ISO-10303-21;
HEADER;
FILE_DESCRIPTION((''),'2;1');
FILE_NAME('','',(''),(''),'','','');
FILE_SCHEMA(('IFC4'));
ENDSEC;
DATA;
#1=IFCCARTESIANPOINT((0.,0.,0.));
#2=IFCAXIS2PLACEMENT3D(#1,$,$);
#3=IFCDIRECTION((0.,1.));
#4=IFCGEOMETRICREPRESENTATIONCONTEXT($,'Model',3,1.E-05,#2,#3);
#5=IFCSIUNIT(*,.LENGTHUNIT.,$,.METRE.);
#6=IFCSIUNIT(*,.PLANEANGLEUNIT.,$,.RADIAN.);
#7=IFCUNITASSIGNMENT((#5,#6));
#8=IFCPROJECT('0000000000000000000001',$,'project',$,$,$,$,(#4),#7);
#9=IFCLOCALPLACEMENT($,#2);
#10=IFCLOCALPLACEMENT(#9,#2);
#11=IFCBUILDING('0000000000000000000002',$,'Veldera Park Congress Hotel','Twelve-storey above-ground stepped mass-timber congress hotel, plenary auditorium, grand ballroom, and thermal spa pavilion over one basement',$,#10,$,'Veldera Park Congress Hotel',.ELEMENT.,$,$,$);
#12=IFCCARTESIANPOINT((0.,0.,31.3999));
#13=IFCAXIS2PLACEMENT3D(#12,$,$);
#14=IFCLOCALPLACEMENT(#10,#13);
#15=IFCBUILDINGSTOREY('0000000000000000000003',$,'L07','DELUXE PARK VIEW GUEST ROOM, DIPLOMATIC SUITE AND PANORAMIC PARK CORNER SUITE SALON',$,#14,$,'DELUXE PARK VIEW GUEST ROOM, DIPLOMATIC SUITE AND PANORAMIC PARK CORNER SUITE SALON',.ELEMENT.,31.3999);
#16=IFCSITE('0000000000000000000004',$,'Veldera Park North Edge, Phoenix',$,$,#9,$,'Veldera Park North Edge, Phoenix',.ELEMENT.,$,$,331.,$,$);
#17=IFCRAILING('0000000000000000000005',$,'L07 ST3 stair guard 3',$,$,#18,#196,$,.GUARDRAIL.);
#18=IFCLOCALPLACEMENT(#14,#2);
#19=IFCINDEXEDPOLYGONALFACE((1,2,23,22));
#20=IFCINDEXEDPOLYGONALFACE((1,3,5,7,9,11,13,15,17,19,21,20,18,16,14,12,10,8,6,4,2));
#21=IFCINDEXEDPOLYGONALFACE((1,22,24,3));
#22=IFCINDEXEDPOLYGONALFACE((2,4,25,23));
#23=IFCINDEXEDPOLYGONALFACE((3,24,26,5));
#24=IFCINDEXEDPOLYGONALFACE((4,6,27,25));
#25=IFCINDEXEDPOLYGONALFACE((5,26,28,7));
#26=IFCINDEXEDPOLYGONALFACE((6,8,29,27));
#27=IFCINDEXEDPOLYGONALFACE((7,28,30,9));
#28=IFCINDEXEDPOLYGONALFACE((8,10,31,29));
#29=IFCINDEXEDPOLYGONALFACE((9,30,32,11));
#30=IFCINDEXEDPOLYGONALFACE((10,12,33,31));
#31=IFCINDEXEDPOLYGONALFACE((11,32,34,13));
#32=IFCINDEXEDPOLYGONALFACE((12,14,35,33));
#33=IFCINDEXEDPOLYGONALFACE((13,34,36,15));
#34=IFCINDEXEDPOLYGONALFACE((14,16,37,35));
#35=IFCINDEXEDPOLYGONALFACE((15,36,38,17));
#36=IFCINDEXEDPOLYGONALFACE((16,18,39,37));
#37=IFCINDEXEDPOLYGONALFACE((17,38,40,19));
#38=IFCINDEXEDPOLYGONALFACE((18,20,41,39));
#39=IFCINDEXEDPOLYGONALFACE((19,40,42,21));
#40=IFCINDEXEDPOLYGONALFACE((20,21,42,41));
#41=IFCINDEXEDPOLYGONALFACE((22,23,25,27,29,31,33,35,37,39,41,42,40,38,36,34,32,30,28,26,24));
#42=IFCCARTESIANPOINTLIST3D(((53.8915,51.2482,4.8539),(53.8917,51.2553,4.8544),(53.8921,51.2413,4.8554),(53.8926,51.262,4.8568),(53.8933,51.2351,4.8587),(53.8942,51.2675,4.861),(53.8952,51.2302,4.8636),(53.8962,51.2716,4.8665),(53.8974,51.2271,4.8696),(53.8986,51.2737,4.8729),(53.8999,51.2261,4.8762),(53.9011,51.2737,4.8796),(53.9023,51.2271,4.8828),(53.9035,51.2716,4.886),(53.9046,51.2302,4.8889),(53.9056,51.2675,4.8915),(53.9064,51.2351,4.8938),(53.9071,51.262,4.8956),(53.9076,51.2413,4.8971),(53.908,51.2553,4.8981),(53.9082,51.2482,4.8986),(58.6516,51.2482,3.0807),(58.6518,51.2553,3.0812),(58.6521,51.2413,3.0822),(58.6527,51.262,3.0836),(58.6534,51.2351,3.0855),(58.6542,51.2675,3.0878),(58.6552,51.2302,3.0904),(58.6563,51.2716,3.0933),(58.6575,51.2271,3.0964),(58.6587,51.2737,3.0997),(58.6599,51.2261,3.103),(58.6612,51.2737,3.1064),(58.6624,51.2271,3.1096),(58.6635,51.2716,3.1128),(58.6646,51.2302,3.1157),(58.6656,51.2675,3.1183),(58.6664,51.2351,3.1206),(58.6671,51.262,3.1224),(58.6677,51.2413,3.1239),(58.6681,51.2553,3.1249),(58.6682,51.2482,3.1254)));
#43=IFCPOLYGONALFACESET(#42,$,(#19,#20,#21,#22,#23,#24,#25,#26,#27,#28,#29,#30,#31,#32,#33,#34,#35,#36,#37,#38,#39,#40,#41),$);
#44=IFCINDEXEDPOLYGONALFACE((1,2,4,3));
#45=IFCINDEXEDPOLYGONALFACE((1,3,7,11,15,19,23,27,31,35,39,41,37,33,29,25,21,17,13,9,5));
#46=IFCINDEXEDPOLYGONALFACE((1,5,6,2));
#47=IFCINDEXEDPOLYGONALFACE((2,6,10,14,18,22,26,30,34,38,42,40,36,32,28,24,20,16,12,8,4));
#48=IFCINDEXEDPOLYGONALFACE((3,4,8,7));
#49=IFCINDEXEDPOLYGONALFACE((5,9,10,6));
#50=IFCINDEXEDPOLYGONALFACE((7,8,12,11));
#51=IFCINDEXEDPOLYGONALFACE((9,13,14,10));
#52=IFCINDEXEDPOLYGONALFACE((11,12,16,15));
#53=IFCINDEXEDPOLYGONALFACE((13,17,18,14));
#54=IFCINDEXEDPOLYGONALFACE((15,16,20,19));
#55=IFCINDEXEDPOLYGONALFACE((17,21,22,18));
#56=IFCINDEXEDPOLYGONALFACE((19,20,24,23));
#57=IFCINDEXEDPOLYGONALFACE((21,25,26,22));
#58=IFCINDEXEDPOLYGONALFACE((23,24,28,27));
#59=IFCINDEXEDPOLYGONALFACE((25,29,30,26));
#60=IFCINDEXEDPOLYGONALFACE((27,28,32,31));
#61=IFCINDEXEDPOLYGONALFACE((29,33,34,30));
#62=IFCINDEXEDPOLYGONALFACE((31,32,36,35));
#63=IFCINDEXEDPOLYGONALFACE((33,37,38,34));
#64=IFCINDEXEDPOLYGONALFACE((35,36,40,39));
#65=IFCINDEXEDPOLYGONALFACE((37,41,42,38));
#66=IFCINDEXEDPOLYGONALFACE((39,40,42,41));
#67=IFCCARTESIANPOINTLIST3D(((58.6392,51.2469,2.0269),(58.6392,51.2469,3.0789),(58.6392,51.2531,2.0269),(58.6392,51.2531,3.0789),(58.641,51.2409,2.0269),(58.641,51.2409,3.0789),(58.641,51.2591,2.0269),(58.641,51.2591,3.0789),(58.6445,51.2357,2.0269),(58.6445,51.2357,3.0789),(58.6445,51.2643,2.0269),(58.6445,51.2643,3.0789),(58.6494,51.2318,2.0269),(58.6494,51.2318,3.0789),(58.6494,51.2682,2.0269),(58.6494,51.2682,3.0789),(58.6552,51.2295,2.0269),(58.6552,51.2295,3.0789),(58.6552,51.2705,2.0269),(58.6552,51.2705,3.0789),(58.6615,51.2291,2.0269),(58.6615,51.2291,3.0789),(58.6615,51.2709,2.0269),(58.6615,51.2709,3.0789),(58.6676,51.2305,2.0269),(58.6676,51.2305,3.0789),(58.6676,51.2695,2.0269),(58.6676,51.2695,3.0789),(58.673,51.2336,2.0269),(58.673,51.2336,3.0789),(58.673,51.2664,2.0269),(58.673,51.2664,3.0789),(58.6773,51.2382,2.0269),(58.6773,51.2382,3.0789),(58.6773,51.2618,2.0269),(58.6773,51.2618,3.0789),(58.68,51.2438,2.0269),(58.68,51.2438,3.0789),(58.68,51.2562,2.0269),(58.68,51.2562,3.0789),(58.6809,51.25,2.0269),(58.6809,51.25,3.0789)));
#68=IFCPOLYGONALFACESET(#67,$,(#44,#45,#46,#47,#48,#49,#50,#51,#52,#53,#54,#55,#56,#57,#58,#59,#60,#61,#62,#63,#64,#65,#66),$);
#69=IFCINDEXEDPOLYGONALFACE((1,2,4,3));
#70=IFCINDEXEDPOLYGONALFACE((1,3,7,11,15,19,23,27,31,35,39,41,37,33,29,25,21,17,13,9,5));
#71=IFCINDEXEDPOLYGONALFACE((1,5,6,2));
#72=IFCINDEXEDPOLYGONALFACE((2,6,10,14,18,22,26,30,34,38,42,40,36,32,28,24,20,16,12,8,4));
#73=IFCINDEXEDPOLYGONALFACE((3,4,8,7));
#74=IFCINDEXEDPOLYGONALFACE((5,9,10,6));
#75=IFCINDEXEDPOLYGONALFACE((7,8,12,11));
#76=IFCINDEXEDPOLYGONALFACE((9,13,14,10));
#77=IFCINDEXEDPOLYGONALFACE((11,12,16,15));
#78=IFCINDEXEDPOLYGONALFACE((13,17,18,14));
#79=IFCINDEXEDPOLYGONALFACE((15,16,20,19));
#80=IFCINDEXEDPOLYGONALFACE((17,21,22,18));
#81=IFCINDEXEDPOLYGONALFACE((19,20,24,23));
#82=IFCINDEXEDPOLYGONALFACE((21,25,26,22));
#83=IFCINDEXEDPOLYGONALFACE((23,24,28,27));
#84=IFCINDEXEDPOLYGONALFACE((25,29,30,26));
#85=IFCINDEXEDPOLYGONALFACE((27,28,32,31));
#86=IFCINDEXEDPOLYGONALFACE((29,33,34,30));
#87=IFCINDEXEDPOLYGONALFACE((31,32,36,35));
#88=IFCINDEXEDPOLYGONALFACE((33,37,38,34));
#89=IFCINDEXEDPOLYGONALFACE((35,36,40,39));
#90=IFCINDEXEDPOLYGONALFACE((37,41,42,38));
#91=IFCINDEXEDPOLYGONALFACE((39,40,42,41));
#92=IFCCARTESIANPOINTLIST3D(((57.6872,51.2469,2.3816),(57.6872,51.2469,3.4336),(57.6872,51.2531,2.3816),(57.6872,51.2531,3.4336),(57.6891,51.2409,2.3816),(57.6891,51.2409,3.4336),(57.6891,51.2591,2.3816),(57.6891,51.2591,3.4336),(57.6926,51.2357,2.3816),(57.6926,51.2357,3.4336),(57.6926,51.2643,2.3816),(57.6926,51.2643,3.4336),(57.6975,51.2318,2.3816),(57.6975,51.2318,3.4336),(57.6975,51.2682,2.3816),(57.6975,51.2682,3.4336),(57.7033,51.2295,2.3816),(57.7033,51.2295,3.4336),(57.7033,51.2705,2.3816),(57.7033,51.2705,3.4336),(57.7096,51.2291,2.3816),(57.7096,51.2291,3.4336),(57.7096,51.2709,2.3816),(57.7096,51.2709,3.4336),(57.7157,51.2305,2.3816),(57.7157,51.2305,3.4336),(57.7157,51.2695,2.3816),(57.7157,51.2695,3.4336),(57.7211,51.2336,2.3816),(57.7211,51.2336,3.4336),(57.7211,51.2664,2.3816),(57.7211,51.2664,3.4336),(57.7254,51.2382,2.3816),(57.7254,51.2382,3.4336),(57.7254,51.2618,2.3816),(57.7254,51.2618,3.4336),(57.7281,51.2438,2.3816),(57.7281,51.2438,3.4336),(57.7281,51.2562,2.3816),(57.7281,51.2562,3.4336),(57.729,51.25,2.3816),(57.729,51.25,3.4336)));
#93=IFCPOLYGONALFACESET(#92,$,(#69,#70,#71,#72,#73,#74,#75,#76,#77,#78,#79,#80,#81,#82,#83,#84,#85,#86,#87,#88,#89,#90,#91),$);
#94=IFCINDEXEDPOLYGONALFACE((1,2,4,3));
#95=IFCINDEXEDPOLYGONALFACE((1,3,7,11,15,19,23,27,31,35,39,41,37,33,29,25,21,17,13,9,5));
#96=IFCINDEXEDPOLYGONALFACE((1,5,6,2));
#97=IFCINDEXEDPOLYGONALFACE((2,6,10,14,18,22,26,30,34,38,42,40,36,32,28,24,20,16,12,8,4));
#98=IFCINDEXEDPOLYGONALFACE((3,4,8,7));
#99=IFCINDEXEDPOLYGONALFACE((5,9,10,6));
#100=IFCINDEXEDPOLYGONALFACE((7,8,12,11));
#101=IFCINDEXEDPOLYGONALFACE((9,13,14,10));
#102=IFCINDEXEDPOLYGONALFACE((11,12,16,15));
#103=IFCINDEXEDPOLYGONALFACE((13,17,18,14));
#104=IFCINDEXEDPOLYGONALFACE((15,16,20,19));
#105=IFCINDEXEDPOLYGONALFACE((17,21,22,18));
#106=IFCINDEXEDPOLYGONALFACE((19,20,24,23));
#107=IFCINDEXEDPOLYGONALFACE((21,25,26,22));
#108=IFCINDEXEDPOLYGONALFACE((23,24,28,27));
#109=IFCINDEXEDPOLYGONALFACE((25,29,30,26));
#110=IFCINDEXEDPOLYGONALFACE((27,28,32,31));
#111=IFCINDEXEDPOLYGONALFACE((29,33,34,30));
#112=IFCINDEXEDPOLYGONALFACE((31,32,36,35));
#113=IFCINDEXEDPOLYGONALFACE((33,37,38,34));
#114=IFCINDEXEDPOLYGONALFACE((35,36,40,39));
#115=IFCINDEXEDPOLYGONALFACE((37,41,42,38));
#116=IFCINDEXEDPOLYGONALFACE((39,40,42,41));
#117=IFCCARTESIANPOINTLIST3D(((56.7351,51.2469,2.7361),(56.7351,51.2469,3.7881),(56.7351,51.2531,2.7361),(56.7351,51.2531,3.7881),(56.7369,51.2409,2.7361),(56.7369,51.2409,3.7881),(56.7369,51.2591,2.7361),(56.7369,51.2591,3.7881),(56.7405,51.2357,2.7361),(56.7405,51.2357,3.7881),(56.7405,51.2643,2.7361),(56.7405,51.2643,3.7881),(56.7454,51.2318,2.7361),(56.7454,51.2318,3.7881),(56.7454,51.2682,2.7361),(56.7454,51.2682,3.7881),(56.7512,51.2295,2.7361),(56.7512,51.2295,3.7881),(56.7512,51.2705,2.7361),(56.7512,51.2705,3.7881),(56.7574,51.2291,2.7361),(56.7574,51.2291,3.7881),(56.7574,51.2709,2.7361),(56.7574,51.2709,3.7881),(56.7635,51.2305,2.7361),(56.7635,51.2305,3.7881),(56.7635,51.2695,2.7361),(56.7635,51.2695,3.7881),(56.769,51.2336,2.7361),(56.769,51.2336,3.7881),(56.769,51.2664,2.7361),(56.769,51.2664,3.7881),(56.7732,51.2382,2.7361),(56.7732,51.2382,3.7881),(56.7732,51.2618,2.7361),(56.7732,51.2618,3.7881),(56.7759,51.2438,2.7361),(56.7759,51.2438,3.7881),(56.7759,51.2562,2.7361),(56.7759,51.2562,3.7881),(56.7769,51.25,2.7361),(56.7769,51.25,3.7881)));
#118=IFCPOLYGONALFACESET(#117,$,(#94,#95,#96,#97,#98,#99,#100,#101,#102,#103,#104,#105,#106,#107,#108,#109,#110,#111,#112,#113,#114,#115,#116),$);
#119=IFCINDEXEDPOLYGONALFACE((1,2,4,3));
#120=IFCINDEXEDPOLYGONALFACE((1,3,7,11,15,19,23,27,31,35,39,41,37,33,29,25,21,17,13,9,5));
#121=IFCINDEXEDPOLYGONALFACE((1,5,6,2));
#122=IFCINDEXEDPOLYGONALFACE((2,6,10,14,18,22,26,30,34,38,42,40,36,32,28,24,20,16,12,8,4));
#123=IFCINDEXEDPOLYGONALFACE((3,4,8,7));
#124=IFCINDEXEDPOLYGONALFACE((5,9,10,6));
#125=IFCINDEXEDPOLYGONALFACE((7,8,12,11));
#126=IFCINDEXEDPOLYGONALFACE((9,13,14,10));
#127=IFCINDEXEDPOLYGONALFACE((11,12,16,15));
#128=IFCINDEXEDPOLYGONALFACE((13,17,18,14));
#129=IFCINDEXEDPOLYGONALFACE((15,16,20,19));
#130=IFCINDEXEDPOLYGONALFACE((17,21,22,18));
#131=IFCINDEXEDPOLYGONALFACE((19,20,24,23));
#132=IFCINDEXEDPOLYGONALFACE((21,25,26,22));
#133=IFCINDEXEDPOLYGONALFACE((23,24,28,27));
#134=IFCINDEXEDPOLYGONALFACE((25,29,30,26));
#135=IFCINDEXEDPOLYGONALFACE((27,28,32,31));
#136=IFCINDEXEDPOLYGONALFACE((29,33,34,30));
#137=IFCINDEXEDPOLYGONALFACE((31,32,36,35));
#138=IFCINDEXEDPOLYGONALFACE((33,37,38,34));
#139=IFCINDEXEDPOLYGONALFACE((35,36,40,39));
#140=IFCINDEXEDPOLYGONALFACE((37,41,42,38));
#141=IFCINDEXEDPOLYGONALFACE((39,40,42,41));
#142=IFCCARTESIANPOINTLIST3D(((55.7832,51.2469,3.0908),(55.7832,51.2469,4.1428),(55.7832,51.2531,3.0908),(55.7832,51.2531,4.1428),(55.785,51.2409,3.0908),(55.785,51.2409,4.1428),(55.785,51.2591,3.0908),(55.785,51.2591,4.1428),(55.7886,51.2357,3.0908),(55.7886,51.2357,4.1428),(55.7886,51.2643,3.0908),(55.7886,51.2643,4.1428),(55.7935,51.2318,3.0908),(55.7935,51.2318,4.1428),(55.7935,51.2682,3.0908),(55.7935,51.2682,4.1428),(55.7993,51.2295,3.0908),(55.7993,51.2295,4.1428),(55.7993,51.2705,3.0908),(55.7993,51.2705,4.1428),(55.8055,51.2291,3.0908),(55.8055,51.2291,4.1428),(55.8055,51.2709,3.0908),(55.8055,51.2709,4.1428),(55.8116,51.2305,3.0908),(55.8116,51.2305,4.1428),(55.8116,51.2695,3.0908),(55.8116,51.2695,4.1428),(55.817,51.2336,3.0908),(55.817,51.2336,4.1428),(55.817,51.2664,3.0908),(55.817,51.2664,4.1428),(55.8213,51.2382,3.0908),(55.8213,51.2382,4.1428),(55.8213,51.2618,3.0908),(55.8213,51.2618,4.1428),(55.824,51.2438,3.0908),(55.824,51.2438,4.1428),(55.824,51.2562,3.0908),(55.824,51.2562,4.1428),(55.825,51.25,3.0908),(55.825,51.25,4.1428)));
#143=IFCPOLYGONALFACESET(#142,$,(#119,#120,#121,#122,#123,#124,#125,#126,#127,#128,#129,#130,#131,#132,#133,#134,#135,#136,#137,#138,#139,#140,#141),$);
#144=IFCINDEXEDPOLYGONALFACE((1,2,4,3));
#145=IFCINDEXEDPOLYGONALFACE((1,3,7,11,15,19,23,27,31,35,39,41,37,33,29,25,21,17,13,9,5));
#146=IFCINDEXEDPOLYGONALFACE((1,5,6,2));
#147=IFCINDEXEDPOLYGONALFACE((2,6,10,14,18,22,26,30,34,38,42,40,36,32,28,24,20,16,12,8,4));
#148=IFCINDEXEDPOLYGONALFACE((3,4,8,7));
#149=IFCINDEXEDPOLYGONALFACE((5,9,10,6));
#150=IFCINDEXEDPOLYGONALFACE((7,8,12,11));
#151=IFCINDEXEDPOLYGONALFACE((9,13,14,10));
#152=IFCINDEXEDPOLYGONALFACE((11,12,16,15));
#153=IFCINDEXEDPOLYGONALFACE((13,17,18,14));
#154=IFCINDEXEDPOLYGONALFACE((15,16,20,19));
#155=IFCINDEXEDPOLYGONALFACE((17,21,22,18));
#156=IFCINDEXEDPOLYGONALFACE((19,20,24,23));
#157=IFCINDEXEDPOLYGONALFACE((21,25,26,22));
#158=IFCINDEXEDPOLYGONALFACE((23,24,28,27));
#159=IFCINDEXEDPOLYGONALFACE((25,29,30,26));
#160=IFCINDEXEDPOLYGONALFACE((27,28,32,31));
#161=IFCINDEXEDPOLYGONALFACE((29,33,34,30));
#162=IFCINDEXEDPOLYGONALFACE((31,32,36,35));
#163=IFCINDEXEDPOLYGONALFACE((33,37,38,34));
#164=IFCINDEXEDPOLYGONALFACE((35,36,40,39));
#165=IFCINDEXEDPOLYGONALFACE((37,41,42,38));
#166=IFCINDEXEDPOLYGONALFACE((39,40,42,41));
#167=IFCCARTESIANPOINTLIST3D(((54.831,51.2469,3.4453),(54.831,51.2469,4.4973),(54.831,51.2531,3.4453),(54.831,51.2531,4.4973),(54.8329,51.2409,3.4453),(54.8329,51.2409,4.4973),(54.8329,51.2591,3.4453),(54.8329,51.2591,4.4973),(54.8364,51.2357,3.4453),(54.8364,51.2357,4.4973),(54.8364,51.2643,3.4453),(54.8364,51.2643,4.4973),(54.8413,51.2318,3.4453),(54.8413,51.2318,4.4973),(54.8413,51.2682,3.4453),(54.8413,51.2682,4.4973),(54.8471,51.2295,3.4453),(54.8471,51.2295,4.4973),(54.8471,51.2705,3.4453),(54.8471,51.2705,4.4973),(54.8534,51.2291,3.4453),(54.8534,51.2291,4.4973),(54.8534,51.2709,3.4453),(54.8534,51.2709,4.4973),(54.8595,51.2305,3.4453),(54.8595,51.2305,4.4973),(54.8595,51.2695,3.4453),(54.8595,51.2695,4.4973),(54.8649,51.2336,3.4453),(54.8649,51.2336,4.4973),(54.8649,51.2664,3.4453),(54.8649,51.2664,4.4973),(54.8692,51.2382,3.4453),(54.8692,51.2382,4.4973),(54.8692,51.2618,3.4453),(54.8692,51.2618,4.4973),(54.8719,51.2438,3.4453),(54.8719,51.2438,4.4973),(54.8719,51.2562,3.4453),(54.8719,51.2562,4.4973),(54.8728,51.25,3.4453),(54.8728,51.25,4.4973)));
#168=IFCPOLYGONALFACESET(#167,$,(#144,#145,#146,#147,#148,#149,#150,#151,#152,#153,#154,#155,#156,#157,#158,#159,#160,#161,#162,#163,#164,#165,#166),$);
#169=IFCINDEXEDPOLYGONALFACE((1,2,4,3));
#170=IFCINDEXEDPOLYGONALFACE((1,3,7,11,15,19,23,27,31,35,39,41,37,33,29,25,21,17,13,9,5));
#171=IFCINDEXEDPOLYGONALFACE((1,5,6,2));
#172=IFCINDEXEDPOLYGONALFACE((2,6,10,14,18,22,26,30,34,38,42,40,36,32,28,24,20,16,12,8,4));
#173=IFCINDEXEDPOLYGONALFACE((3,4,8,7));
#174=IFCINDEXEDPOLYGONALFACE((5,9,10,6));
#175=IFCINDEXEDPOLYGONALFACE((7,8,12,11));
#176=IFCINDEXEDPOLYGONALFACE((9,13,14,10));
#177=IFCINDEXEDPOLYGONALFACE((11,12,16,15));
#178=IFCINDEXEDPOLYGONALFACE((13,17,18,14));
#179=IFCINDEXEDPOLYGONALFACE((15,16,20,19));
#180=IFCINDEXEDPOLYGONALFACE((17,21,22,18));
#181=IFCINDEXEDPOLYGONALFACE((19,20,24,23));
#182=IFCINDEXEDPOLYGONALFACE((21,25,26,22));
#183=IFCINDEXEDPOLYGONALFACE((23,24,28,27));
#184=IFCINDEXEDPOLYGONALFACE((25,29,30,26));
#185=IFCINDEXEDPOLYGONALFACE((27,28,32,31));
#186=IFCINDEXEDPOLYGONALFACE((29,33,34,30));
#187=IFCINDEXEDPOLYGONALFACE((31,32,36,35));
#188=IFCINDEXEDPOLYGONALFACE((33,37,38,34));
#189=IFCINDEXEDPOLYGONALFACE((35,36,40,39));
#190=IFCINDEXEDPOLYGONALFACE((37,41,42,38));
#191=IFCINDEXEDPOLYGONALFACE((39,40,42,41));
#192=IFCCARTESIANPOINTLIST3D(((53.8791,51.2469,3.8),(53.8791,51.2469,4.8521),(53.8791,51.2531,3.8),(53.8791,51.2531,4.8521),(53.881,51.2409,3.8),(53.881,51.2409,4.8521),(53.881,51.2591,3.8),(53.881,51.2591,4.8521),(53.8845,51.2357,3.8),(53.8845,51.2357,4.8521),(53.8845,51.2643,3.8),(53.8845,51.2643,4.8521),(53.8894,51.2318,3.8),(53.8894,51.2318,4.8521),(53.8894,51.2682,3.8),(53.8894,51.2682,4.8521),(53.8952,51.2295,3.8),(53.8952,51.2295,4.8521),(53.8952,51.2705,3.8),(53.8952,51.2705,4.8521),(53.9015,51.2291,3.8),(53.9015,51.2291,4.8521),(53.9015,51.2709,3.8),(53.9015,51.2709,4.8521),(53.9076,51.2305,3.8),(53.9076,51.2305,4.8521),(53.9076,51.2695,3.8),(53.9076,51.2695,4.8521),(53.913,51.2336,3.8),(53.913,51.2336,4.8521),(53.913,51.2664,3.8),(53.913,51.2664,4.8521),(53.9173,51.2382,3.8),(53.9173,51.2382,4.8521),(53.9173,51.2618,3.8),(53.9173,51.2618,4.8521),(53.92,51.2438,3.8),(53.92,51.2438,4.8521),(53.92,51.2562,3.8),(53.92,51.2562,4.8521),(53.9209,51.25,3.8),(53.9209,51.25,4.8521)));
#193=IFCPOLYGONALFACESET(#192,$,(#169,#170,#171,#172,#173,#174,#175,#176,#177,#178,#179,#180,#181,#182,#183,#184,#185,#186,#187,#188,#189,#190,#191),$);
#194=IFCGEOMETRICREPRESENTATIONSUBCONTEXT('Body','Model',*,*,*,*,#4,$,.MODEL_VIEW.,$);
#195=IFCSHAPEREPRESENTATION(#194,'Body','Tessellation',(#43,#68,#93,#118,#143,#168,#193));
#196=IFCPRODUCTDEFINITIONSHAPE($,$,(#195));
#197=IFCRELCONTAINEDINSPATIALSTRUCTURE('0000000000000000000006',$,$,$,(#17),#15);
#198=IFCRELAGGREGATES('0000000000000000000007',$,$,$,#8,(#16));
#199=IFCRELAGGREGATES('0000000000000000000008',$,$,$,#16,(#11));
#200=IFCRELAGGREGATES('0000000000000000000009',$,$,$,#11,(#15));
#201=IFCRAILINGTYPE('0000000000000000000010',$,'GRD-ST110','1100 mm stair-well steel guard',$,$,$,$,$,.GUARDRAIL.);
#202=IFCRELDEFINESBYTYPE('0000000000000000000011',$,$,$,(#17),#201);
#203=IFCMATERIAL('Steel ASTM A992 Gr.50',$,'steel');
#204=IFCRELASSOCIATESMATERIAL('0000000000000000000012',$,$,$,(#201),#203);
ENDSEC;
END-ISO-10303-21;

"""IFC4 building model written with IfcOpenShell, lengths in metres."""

from ifc_helpers import new_model, si_unit, direction, frame, origin, origin_2d, place, context, subcontext, project, spatial, circle, extrude, material, type_object, element, save


model = new_model("IFC4")

# Units and contexts
model_context = context("Model", 3, precision=1e-05, world=origin(), true_north=direction((0.0, 1.0)))
body_context = subcontext(model_context, "Body", "Model", "MODEL_VIEW")
ifc_project = project(units=[si_unit("LENGTHUNIT", "METRE"), si_unit("PLANEANGLEUNIT", "RADIAN")], contexts=[model_context])

# Site, building, storey
site_placement = place(None, origin())
site = spatial("IfcSite", under=ifc_project, at=site_placement, Name="Veldera Park North Edge, Phoenix", LongName="Veldera Park North Edge, Phoenix", CompositionType="ELEMENT", RefElevation=331.0)
building_placement = place(site_placement, origin())
building = spatial("IfcBuilding", under=site, at=building_placement, Name="Veldera Park Congress Hotel", Description="Twelve-storey above-ground stepped mass-timber congress hotel, plenary auditorium, grand ballroom, and thermal spa pavilion over one basement", LongName="Veldera Park Congress Hotel", CompositionType="ELEMENT")
storey_placement = place(building_placement, frame((0.0, 0.0, 31.3999)))
storey = spatial("IfcBuildingStorey", under=building, at=storey_placement, Name="L07", Description="DELUXE PARK VIEW GUEST ROOM, DIPLOMATIC SUITE AND PANORAMIC PARK CORNER SUITE SALON", LongName="DELUXE PARK VIEW GUEST ROOM, DIPLOMATIC SUITE AND PANORAMIC PARK CORNER SUITE SALON", CompositionType="ELEMENT", Elevation=31.3999)

# Railing
ifc_material_1 = material(Name="Steel ASTM A992 Gr.50", Category="steel")
railing_type_1 = type_object("IfcRailingType", Name="GRD-ST110", Description="1100 mm stair-well steel guard", PredefinedType="GUARDRAIL", material=ifc_material_1)
railing_1_placement = place(storey_placement, frame((58.6599, 51.25, 2.0269)))
element("IfcRailing", 1, at=railing_1_placement, inside=storey, type_object=railing_type_1, Name="L07 ST3 stair guard 3", PredefinedType="GUARDRAIL", context=body_context, shape_type="SweptSolid", body=[
    extrude(circle(Radius=0.0239, at=origin_2d()), frame((0.0, 0.0, 1.0762), z_axis=(-0.937091, 0.0, 0.349084), x_axis=(0.0, -1.0, 0.0)), (0.0, 0.0, 1.0), 5.0796),
    extrude(circle(Radius=0.021, at=origin_2d()), origin(), (0.0, 0.0, 1.0), 1.052),
    extrude(circle(Radius=0.021, at=origin_2d()), frame((-0.9519, 0.0, 0.3547)), (0.0, 0.0, 1.0), 1.052),
    extrude(circle(Radius=0.021, at=origin_2d()), frame((-1.9041, 0.0, 0.7092)), (0.0, 0.0, 1.0), 1.052),
    extrude(circle(Radius=0.021, at=origin_2d()), frame((-2.856, 0.0, 1.064)), (0.0, 0.0, 1.0), 1.052),
    extrude(circle(Radius=0.021, at=origin_2d()), frame((-3.8081, 0.0, 1.4185)), (0.0, 0.0, 1.0), 1.052),
    extrude(circle(Radius=0.021, at=origin_2d()), frame((-4.76, 0.0, 1.7732)), (0.0, 0.0, 1.0), 1.052),
])

save(model, "model.ifc")
